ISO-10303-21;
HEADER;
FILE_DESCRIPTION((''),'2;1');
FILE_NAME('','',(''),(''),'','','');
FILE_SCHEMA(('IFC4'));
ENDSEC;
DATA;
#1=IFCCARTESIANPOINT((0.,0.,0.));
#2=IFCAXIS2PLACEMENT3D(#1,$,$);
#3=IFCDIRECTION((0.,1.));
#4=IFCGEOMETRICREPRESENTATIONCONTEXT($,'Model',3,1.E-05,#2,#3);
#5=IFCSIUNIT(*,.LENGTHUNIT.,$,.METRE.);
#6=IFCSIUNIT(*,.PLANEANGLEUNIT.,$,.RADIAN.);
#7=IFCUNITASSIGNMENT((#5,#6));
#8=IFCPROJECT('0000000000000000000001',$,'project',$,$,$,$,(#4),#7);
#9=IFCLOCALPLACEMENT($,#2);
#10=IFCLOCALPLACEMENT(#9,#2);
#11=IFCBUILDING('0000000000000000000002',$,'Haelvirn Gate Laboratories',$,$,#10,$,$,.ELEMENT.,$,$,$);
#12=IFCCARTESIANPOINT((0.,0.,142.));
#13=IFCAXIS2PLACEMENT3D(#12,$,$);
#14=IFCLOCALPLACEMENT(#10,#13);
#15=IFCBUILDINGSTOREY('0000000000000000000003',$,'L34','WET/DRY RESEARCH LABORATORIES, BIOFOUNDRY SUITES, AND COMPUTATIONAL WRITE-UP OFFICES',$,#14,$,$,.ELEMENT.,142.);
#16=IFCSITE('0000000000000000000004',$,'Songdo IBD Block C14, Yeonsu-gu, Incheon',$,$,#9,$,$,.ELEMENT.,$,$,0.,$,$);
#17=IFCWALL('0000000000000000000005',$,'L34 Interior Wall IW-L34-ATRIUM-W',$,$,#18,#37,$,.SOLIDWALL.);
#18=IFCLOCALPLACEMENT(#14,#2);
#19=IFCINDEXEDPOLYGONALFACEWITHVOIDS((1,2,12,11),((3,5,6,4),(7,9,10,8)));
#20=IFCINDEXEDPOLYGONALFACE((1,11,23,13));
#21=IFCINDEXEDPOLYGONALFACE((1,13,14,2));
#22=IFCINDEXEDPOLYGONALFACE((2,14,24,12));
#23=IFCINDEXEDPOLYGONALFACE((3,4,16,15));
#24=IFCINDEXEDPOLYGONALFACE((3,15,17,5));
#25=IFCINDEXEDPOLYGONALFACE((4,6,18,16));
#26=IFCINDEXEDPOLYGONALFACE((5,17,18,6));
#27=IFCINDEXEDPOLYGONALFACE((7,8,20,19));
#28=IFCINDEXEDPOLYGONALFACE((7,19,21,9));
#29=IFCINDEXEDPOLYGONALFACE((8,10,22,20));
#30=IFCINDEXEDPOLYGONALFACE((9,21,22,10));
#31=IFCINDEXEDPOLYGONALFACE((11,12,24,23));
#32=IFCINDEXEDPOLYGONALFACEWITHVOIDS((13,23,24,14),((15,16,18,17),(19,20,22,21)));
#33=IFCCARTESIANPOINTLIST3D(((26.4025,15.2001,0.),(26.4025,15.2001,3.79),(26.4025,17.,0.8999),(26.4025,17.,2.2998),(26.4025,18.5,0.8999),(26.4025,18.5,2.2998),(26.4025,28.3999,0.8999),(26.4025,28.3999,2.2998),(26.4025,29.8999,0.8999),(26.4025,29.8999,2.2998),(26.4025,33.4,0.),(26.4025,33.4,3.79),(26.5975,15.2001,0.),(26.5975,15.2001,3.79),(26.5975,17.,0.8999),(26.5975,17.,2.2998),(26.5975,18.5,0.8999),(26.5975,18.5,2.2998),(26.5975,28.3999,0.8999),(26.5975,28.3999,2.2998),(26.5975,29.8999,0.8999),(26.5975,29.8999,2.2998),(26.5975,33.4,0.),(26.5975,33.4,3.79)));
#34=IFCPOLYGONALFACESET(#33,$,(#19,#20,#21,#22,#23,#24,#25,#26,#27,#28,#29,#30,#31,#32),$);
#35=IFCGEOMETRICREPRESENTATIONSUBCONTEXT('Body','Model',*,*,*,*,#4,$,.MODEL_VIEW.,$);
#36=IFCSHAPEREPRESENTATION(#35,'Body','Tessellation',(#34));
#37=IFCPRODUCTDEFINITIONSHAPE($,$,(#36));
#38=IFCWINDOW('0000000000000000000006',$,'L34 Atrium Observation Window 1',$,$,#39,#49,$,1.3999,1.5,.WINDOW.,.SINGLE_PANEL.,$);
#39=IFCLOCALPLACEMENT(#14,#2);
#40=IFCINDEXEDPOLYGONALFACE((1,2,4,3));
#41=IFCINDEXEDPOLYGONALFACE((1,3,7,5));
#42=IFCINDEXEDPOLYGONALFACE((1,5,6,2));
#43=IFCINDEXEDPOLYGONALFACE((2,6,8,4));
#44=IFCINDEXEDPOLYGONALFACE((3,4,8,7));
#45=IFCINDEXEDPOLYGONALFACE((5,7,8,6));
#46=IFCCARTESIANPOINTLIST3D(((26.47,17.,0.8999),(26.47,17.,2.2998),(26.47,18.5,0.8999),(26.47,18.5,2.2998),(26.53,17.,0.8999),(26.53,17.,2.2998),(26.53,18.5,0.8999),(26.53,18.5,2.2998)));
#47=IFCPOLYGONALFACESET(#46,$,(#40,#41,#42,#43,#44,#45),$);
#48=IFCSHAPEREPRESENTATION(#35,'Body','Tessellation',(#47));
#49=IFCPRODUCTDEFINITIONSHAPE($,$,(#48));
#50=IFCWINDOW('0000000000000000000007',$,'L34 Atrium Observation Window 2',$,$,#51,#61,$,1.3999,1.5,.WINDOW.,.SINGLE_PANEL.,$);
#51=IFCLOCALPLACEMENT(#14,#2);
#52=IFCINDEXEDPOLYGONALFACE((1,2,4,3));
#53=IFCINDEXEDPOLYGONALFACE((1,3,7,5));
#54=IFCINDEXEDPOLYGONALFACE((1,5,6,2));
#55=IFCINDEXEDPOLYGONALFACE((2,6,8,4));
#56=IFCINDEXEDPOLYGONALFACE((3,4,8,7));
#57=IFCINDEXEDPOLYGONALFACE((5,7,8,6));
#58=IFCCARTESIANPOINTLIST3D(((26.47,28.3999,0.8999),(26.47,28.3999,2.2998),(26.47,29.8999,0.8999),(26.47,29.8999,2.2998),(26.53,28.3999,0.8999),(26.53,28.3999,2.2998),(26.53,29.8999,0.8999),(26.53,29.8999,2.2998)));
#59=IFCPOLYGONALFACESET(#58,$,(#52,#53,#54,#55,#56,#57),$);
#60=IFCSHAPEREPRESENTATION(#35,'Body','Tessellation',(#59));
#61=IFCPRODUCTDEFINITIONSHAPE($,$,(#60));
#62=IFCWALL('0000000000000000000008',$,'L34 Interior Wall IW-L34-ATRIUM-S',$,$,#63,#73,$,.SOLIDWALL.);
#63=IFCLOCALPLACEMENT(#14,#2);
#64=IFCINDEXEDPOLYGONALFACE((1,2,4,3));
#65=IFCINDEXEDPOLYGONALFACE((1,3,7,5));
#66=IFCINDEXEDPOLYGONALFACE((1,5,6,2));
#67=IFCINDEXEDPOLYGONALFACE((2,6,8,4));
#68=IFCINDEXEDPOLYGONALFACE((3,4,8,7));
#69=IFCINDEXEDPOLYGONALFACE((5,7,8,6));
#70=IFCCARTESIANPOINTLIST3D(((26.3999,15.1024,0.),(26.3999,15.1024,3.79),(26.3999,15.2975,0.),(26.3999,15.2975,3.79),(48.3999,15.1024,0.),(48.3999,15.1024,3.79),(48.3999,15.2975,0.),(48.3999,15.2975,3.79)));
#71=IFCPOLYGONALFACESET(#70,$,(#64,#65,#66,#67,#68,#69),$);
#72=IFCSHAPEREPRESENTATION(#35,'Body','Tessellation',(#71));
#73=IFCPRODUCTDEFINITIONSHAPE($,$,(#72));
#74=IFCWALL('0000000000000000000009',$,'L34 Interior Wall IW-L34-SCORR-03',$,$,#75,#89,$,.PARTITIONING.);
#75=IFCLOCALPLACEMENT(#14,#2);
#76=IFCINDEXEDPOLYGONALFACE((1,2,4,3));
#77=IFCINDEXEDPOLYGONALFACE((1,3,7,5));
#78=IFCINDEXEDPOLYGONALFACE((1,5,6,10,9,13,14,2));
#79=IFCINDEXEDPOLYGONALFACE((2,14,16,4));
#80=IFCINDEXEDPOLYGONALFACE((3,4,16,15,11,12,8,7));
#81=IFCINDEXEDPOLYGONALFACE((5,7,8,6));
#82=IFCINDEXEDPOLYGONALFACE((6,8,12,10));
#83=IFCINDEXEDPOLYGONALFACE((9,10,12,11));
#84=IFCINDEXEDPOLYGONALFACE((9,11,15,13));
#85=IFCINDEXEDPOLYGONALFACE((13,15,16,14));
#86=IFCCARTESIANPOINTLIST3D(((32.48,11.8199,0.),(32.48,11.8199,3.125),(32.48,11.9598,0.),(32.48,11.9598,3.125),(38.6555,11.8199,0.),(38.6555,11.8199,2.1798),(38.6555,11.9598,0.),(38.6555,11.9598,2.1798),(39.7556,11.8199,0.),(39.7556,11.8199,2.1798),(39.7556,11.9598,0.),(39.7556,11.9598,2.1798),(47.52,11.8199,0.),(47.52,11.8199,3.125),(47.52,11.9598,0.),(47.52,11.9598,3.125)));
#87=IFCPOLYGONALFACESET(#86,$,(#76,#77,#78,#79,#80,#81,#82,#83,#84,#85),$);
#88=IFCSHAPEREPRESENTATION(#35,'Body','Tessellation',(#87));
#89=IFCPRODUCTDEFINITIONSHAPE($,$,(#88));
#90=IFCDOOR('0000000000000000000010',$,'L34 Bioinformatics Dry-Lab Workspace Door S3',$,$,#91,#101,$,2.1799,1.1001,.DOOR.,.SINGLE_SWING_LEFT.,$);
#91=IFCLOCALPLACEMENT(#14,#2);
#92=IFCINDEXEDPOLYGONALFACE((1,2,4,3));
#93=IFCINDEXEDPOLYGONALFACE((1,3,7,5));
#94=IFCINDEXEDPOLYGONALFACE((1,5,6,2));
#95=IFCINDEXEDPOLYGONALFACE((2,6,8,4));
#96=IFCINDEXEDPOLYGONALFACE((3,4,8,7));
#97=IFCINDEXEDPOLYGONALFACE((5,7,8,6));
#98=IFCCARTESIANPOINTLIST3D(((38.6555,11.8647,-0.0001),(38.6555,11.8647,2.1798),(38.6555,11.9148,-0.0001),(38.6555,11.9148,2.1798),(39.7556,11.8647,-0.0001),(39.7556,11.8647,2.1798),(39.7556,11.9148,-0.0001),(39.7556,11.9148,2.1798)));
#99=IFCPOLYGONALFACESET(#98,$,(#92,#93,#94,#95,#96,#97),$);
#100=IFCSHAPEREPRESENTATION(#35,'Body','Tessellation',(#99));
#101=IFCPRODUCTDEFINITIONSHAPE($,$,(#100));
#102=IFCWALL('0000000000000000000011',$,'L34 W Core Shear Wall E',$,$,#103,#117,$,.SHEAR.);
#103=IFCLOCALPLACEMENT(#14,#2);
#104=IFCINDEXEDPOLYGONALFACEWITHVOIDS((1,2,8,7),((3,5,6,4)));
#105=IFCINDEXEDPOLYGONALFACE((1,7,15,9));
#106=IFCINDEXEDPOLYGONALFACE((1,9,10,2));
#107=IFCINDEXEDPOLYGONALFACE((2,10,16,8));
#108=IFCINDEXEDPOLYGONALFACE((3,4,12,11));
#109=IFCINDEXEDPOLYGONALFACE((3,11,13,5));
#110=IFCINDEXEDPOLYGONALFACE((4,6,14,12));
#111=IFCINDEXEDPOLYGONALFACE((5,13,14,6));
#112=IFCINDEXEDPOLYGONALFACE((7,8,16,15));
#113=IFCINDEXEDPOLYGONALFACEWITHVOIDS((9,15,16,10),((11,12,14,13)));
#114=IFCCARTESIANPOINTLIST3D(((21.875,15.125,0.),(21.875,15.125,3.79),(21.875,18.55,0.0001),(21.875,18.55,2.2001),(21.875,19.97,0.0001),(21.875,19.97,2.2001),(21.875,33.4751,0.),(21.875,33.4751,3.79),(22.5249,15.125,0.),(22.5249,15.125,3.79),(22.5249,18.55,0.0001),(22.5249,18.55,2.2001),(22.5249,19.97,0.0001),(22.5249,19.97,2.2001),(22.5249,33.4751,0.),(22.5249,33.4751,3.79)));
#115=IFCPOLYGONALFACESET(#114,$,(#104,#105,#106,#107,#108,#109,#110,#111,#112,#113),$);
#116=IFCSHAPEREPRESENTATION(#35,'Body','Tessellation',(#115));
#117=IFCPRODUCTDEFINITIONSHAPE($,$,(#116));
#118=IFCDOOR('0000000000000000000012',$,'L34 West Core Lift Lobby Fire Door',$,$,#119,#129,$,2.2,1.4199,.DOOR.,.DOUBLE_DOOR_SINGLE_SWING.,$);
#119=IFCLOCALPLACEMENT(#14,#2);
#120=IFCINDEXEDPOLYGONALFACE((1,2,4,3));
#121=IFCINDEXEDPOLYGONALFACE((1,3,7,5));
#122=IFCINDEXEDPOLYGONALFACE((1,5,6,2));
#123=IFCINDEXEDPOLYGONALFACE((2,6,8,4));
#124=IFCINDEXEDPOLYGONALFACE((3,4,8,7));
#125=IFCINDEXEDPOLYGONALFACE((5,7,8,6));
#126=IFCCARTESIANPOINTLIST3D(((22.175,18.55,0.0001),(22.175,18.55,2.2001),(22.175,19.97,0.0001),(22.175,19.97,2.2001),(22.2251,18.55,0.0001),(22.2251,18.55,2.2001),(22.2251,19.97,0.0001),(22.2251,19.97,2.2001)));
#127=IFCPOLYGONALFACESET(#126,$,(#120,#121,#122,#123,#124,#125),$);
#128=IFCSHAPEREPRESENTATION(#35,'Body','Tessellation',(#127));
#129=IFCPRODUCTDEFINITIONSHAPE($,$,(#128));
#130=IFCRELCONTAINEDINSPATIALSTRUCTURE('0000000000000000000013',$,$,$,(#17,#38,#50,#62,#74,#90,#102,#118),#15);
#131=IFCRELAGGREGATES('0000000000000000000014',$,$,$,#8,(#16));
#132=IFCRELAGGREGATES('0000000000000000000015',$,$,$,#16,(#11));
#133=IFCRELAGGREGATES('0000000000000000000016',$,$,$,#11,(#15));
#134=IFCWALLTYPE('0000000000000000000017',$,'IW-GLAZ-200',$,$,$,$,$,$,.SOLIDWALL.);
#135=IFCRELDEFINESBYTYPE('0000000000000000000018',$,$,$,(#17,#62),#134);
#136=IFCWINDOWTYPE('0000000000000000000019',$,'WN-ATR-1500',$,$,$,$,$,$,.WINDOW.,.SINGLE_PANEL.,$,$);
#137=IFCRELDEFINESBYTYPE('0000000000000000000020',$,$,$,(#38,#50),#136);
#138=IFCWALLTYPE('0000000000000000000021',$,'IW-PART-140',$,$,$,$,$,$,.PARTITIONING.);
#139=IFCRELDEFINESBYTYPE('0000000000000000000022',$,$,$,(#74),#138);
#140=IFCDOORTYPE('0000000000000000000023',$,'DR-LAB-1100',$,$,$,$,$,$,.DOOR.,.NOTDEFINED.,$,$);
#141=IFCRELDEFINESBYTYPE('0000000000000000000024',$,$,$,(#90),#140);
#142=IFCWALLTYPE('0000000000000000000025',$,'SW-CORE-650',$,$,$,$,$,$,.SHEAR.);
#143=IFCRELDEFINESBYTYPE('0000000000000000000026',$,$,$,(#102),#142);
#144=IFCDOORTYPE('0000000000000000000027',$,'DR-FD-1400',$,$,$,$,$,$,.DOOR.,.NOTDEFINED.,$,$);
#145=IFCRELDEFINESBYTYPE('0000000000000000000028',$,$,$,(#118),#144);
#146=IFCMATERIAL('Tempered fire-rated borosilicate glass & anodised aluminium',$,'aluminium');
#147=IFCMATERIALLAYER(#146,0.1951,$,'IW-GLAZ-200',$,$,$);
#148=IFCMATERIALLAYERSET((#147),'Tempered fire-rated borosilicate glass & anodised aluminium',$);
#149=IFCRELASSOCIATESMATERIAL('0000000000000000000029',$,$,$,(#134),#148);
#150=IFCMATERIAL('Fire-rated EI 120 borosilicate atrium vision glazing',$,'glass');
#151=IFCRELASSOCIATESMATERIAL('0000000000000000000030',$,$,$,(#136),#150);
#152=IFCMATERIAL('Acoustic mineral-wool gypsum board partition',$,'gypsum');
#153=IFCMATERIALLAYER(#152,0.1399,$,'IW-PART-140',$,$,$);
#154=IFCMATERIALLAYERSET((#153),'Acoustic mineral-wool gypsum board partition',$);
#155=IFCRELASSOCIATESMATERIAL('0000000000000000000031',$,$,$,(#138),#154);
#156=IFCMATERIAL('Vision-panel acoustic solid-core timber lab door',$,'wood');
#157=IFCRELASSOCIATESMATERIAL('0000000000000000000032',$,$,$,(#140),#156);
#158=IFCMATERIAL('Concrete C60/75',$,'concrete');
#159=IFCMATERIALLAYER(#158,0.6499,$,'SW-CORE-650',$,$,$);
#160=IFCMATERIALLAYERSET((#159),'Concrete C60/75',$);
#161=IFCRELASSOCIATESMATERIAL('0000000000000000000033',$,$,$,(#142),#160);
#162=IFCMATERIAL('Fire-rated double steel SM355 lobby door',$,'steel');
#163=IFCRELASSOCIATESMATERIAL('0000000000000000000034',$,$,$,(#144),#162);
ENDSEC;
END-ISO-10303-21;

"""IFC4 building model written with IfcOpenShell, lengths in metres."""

from ifc_helpers import new_model, si_unit, direction, frame, frame_2d, origin, place, context, subcontext, project, spatial, rectangle, extrude, source, transform, mapped, material, layer, layer_set, type_object, type_shapes, element, fill, save


model = new_model("IFC4")

# Units and contexts
model_context = context("Model", 3, precision=1e-05, world=origin(), true_north=direction((0.0, 1.0)))
body_context = subcontext(model_context, "Body", "Model", "MODEL_VIEW")
ifc_project = project(units=[si_unit("LENGTHUNIT", "METRE"), si_unit("PLANEANGLEUNIT", "RADIAN")], contexts=[model_context])

# Site, building, storey
site_placement = place(None, origin())
site = spatial("IfcSite", under=ifc_project, at=site_placement, Name="Songdo IBD Block C14, Yeonsu-gu, Incheon", CompositionType="ELEMENT", RefElevation=0.0)
building_placement = place(site_placement, origin())
building = spatial("IfcBuilding", under=site, at=building_placement, Name="Haelvirn Gate Laboratories", CompositionType="ELEMENT")
storey_placement = place(building_placement, frame((0.0, 0.0, 142.0)))
storey = spatial("IfcBuildingStorey", under=building, at=storey_placement, Name="L34", Description="WET/DRY RESEARCH LABORATORIES, BIOFOUNDRY SUITES, AND COMPUTATIONAL WRITE-UP OFFICES", CompositionType="ELEMENT", Elevation=142.0)

# Wall, openings, windows
ifc_material_1 = material(Name="Tempered fire-rated borosilicate glass & anodised aluminium", Category="aluminium")
ifc_layer_1 = layer(ifc_material_1, 0.1951, Name="IW-GLAZ-200")
ifc_layer_set_1 = layer_set([ifc_layer_1], Name="Tempered fire-rated borosilicate glass & anodised aluminium")
wall_type_1 = type_object("IfcWallType", Name="IW-GLAZ-200", PredefinedType="SOLIDWALL", material=ifc_layer_set_1)
wall_1_placement = place(storey_placement, frame((26.5, 15.2, 0.0), z_axis=(0.0, 0.0, 1.0), x_axis=(0.0, 1.0, 0.0)))
wall_1 = element("IfcWall", 1, at=wall_1_placement, inside=storey, type_object=wall_type_1, Name="L34 Interior Wall IW-L34-ATRIUM-W", PredefinedType="SOLIDWALL", context=body_context, shape_type="SweptSolid", body=[
    extrude(rectangle(XDim=18.2, YDim=0.1951, at=frame_2d((9.1001, 0.0))), origin(), (0.0, 0.0, 1.0), 3.79),
])
opening_1_placement = place(wall_1_placement, frame((1.8, 0.0, 0.8999)))
opening_1 = element("IfcOpeningElement", 2, at=opening_1_placement, cuts=wall_1, PredefinedType="OPENING", context=body_context, shape_type="SweptSolid", body=[
    extrude(rectangle(XDim=1.5, YDim=1.3999, at=frame_2d((0.75, 0.7))), frame((0.0, 0.1074, 0.0), z_axis=(0.0, -1.0, 0.0), x_axis=(1.0, 0.0, 0.0)), (0.0, 0.0, 1.0), 0.2151),
])
opening_2_placement = place(wall_1_placement, frame((13.2, 0.0, 0.8999)))
opening_2 = element("IfcOpeningElement", 3, at=opening_2_placement, cuts=wall_1, PredefinedType="OPENING", context=body_context, shape_type="SweptSolid", body=[
    extrude(rectangle(XDim=1.5, YDim=1.3999, at=frame_2d((0.75, 0.7))), frame((0.0, 0.1074, 0.0), z_axis=(0.0, -1.0, 0.0), x_axis=(1.0, 0.0, 0.0)), (0.0, 0.0, 1.0), 0.2151),
])
ifc_material_2 = material(Name="Fire-rated EI 120 borosilicate atrium vision glazing", Category="glass")
window_type = type_object("IfcWindowType", Name="WN-ATR-1500", PartitioningType="SINGLE_PANEL", PredefinedType="WINDOW", material=ifc_material_2)
shared_shape_1 = source(origin(), body_context, "Body", "SweptSolid", [
    extrude(rectangle(XDim=1.5, YDim=1.3999, at=frame_2d((0.75, 0.7))), frame((0.0, 0.03, 0.0), z_axis=(0.0, -1.0, 0.0), x_axis=(1.0, 0.0, 0.0)), (0.0, 0.0, 1.0), 0.0601),
])
type_shapes(window_type, [shared_shape_1])
window_1_placement = place(opening_1_placement, origin())
window_1 = element("IfcWindow", 4, at=window_1_placement, inside=storey, type_object=window_type, Name="L34 Atrium Observation Window 1", OverallHeight=1.3999, OverallWidth=1.5, PartitioningType="SINGLE_PANEL", PredefinedType="WINDOW", context=body_context, shape_type="MappedRepresentation", body=[
    mapped(shared_shape_1, transform((0.0, 0.0, 0.0), scale=1.0)),
])
fill(opening_1, window_1)
window_2_placement = place(opening_2_placement, origin())
window_2 = element("IfcWindow", 5, at=window_2_placement, inside=storey, type_object=window_type, Name="L34 Atrium Observation Window 2", OverallHeight=1.3999, OverallWidth=1.5, PartitioningType="SINGLE_PANEL", PredefinedType="WINDOW", context=body_context, shape_type="MappedRepresentation", body=[
    mapped(shared_shape_1, transform((0.0, 0.0, 0.0), scale=1.0)),
])
fill(opening_2, window_2)

# Wall
wall_2_placement = place(storey_placement, frame((26.3999, 15.2, 0.0), z_axis=(0.0, 0.0, 1.0), x_axis=(1.0, 0.0, 0.0)))
element("IfcWall", 6, at=wall_2_placement, inside=storey, type_object=wall_type_1, Name="L34 Interior Wall IW-L34-ATRIUM-S", PredefinedType="SOLIDWALL", context=body_context, shape_type="SweptSolid", body=[
    extrude(rectangle(XDim=22.0, YDim=0.1951, at=frame_2d((11.0, 0.0))), origin(), (0.0, 0.0, 1.0), 3.79),
])

# Walls, openings, doors
ifc_material_3 = material(Name="Acoustic mineral-wool gypsum board partition", Category="gypsum")
ifc_layer_2 = layer(ifc_material_3, 0.1399, Name="IW-PART-140")
ifc_layer_set_2 = layer_set([ifc_layer_2], Name="Acoustic mineral-wool gypsum board partition")
wall_type_2 = type_object("IfcWallType", Name="IW-PART-140", PredefinedType="PARTITIONING", material=ifc_layer_set_2)
wall_3_placement = place(storey_placement, frame((32.48, 11.8899, 0.0), z_axis=(0.0, 0.0, 1.0), x_axis=(1.0, 0.0, 0.0)))
wall_3 = element("IfcWall", 7, at=wall_3_placement, inside=storey, type_object=wall_type_2, Name="L34 Interior Wall IW-L34-SCORR-03", PredefinedType="PARTITIONING", context=body_context, shape_type="SweptSolid", body=[
    extrude(rectangle(XDim=15.04, YDim=0.1399, at=frame_2d((7.52, 0.0))), origin(), (0.0, 0.0, 1.0), 3.125),
])
opening_3_placement = place(wall_3_placement, frame((6.1755, 0.0, 0.0)))
opening_3 = element("IfcOpeningElement", 8, at=opening_3_placement, cuts=wall_3, PredefinedType="OPENING", context=body_context, shape_type="SweptSolid", body=[
    extrude(rectangle(XDim=1.1001, YDim=2.1799, at=frame_2d((0.55, 1.0898))), frame((0.0, 0.0801, 0.0), z_axis=(0.0, -1.0, 0.0), x_axis=(1.0, 0.0, 0.0)), (0.0, 0.0, 1.0), 0.1599),
])
ifc_material_4 = material(Name="Vision-panel acoustic solid-core timber lab door", Category="wood")
door_type_1 = type_object("IfcDoorType", Name="DR-LAB-1100", OperationType="NOTDEFINED", PredefinedType="DOOR", material=ifc_material_4)
shared_shape_2 = source(origin(), body_context, "Body", "SweptSolid", [
    extrude(rectangle(XDim=1.1001, YDim=2.1799, at=frame_2d((0.55, 1.0898))), frame((0.0, 0.0249, 0.0), z_axis=(0.0, -1.0, 0.0), x_axis=(1.0, 0.0, 0.0)), (0.0, 0.0, 1.0), 0.05),
])
type_shapes(door_type_1, [shared_shape_2])
door_1_placement = place(opening_3_placement, origin())
door_1 = element("IfcDoor", 9, at=door_1_placement, inside=storey, type_object=door_type_1, Name="L34 Bioinformatics Dry-Lab Workspace Door S3", OperationType="SINGLE_SWING_LEFT", OverallHeight=2.1799, OverallWidth=1.1001, PredefinedType="DOOR", context=body_context, shape_type="MappedRepresentation", body=[
    mapped(shared_shape_2, transform((0.0, 0.0, 0.0), scale=1.0)),
])
fill(opening_3, door_1)
ifc_material_5 = material(Name="Concrete C60/75", Category="concrete")
ifc_layer_3 = layer(ifc_material_5, 0.6499, Name="SW-CORE-650")
ifc_layer_set_3 = layer_set([ifc_layer_3], Name="Concrete C60/75")
wall_type_3 = type_object("IfcWallType", Name="SW-CORE-650", PredefinedType="SHEAR", material=ifc_layer_set_3)
wall_4_placement = place(storey_placement, frame((22.2, 15.125, 0.0), z_axis=(0.0, 0.0, 1.0), x_axis=(0.0, 1.0, 0.0)))
wall_4 = element("IfcWall", 10, at=wall_4_placement, inside=storey, type_object=wall_type_3, Name="L34 W Core Shear Wall E", PredefinedType="SHEAR", context=body_context, shape_type="SweptSolid", body=[
    extrude(rectangle(XDim=18.3501, YDim=0.6499, at=frame_2d((9.175, 0.0))), origin(), (0.0, 0.0, 1.0), 3.79),
])
opening_4_placement = place(wall_4_placement, frame((3.425, 0.0, 0.0)))
opening_4 = element("IfcOpeningElement", 11, at=opening_4_placement, cuts=wall_4, PredefinedType="OPENING", context=body_context, shape_type="SweptSolid", body=[
    extrude(rectangle(XDim=1.4199, YDim=2.2, at=frame_2d((0.71, 1.1001))), frame((0.0, 0.335, 0.0), z_axis=(0.0, -1.0, 0.0), x_axis=(1.0, 0.0, 0.0)), (0.0, 0.0, 1.0), 0.6699),
])
ifc_material_6 = material(Name="Fire-rated double steel SM355 lobby door", Category="steel")
door_type_2 = type_object("IfcDoorType", Name="DR-FD-1400", OperationType="NOTDEFINED", PredefinedType="DOOR", material=ifc_material_6)
shared_shape_3 = source(origin(), body_context, "Body", "SweptSolid", [
    extrude(rectangle(XDim=1.4199, YDim=2.2, at=frame_2d((0.71, 1.1001))), frame((0.0, 0.0249, 0.0), z_axis=(0.0, -1.0, 0.0), x_axis=(1.0, 0.0, 0.0)), (0.0, 0.0, 1.0), 0.05),
])
type_shapes(door_type_2, [shared_shape_3])
door_2_placement = place(opening_4_placement, origin())
door_2 = element("IfcDoor", 12, at=door_2_placement, inside=storey, type_object=door_type_2, Name="L34 West Core Lift Lobby Fire Door", OperationType="DOUBLE_DOOR_SINGLE_SWING", OverallHeight=2.2, OverallWidth=1.4199, PredefinedType="DOOR", context=body_context, shape_type="MappedRepresentation", body=[
    mapped(shared_shape_3, transform((0.0, 0.0, 0.0), scale=1.0)),
])
fill(opening_4, door_2)

save(model, "model.ifc")
